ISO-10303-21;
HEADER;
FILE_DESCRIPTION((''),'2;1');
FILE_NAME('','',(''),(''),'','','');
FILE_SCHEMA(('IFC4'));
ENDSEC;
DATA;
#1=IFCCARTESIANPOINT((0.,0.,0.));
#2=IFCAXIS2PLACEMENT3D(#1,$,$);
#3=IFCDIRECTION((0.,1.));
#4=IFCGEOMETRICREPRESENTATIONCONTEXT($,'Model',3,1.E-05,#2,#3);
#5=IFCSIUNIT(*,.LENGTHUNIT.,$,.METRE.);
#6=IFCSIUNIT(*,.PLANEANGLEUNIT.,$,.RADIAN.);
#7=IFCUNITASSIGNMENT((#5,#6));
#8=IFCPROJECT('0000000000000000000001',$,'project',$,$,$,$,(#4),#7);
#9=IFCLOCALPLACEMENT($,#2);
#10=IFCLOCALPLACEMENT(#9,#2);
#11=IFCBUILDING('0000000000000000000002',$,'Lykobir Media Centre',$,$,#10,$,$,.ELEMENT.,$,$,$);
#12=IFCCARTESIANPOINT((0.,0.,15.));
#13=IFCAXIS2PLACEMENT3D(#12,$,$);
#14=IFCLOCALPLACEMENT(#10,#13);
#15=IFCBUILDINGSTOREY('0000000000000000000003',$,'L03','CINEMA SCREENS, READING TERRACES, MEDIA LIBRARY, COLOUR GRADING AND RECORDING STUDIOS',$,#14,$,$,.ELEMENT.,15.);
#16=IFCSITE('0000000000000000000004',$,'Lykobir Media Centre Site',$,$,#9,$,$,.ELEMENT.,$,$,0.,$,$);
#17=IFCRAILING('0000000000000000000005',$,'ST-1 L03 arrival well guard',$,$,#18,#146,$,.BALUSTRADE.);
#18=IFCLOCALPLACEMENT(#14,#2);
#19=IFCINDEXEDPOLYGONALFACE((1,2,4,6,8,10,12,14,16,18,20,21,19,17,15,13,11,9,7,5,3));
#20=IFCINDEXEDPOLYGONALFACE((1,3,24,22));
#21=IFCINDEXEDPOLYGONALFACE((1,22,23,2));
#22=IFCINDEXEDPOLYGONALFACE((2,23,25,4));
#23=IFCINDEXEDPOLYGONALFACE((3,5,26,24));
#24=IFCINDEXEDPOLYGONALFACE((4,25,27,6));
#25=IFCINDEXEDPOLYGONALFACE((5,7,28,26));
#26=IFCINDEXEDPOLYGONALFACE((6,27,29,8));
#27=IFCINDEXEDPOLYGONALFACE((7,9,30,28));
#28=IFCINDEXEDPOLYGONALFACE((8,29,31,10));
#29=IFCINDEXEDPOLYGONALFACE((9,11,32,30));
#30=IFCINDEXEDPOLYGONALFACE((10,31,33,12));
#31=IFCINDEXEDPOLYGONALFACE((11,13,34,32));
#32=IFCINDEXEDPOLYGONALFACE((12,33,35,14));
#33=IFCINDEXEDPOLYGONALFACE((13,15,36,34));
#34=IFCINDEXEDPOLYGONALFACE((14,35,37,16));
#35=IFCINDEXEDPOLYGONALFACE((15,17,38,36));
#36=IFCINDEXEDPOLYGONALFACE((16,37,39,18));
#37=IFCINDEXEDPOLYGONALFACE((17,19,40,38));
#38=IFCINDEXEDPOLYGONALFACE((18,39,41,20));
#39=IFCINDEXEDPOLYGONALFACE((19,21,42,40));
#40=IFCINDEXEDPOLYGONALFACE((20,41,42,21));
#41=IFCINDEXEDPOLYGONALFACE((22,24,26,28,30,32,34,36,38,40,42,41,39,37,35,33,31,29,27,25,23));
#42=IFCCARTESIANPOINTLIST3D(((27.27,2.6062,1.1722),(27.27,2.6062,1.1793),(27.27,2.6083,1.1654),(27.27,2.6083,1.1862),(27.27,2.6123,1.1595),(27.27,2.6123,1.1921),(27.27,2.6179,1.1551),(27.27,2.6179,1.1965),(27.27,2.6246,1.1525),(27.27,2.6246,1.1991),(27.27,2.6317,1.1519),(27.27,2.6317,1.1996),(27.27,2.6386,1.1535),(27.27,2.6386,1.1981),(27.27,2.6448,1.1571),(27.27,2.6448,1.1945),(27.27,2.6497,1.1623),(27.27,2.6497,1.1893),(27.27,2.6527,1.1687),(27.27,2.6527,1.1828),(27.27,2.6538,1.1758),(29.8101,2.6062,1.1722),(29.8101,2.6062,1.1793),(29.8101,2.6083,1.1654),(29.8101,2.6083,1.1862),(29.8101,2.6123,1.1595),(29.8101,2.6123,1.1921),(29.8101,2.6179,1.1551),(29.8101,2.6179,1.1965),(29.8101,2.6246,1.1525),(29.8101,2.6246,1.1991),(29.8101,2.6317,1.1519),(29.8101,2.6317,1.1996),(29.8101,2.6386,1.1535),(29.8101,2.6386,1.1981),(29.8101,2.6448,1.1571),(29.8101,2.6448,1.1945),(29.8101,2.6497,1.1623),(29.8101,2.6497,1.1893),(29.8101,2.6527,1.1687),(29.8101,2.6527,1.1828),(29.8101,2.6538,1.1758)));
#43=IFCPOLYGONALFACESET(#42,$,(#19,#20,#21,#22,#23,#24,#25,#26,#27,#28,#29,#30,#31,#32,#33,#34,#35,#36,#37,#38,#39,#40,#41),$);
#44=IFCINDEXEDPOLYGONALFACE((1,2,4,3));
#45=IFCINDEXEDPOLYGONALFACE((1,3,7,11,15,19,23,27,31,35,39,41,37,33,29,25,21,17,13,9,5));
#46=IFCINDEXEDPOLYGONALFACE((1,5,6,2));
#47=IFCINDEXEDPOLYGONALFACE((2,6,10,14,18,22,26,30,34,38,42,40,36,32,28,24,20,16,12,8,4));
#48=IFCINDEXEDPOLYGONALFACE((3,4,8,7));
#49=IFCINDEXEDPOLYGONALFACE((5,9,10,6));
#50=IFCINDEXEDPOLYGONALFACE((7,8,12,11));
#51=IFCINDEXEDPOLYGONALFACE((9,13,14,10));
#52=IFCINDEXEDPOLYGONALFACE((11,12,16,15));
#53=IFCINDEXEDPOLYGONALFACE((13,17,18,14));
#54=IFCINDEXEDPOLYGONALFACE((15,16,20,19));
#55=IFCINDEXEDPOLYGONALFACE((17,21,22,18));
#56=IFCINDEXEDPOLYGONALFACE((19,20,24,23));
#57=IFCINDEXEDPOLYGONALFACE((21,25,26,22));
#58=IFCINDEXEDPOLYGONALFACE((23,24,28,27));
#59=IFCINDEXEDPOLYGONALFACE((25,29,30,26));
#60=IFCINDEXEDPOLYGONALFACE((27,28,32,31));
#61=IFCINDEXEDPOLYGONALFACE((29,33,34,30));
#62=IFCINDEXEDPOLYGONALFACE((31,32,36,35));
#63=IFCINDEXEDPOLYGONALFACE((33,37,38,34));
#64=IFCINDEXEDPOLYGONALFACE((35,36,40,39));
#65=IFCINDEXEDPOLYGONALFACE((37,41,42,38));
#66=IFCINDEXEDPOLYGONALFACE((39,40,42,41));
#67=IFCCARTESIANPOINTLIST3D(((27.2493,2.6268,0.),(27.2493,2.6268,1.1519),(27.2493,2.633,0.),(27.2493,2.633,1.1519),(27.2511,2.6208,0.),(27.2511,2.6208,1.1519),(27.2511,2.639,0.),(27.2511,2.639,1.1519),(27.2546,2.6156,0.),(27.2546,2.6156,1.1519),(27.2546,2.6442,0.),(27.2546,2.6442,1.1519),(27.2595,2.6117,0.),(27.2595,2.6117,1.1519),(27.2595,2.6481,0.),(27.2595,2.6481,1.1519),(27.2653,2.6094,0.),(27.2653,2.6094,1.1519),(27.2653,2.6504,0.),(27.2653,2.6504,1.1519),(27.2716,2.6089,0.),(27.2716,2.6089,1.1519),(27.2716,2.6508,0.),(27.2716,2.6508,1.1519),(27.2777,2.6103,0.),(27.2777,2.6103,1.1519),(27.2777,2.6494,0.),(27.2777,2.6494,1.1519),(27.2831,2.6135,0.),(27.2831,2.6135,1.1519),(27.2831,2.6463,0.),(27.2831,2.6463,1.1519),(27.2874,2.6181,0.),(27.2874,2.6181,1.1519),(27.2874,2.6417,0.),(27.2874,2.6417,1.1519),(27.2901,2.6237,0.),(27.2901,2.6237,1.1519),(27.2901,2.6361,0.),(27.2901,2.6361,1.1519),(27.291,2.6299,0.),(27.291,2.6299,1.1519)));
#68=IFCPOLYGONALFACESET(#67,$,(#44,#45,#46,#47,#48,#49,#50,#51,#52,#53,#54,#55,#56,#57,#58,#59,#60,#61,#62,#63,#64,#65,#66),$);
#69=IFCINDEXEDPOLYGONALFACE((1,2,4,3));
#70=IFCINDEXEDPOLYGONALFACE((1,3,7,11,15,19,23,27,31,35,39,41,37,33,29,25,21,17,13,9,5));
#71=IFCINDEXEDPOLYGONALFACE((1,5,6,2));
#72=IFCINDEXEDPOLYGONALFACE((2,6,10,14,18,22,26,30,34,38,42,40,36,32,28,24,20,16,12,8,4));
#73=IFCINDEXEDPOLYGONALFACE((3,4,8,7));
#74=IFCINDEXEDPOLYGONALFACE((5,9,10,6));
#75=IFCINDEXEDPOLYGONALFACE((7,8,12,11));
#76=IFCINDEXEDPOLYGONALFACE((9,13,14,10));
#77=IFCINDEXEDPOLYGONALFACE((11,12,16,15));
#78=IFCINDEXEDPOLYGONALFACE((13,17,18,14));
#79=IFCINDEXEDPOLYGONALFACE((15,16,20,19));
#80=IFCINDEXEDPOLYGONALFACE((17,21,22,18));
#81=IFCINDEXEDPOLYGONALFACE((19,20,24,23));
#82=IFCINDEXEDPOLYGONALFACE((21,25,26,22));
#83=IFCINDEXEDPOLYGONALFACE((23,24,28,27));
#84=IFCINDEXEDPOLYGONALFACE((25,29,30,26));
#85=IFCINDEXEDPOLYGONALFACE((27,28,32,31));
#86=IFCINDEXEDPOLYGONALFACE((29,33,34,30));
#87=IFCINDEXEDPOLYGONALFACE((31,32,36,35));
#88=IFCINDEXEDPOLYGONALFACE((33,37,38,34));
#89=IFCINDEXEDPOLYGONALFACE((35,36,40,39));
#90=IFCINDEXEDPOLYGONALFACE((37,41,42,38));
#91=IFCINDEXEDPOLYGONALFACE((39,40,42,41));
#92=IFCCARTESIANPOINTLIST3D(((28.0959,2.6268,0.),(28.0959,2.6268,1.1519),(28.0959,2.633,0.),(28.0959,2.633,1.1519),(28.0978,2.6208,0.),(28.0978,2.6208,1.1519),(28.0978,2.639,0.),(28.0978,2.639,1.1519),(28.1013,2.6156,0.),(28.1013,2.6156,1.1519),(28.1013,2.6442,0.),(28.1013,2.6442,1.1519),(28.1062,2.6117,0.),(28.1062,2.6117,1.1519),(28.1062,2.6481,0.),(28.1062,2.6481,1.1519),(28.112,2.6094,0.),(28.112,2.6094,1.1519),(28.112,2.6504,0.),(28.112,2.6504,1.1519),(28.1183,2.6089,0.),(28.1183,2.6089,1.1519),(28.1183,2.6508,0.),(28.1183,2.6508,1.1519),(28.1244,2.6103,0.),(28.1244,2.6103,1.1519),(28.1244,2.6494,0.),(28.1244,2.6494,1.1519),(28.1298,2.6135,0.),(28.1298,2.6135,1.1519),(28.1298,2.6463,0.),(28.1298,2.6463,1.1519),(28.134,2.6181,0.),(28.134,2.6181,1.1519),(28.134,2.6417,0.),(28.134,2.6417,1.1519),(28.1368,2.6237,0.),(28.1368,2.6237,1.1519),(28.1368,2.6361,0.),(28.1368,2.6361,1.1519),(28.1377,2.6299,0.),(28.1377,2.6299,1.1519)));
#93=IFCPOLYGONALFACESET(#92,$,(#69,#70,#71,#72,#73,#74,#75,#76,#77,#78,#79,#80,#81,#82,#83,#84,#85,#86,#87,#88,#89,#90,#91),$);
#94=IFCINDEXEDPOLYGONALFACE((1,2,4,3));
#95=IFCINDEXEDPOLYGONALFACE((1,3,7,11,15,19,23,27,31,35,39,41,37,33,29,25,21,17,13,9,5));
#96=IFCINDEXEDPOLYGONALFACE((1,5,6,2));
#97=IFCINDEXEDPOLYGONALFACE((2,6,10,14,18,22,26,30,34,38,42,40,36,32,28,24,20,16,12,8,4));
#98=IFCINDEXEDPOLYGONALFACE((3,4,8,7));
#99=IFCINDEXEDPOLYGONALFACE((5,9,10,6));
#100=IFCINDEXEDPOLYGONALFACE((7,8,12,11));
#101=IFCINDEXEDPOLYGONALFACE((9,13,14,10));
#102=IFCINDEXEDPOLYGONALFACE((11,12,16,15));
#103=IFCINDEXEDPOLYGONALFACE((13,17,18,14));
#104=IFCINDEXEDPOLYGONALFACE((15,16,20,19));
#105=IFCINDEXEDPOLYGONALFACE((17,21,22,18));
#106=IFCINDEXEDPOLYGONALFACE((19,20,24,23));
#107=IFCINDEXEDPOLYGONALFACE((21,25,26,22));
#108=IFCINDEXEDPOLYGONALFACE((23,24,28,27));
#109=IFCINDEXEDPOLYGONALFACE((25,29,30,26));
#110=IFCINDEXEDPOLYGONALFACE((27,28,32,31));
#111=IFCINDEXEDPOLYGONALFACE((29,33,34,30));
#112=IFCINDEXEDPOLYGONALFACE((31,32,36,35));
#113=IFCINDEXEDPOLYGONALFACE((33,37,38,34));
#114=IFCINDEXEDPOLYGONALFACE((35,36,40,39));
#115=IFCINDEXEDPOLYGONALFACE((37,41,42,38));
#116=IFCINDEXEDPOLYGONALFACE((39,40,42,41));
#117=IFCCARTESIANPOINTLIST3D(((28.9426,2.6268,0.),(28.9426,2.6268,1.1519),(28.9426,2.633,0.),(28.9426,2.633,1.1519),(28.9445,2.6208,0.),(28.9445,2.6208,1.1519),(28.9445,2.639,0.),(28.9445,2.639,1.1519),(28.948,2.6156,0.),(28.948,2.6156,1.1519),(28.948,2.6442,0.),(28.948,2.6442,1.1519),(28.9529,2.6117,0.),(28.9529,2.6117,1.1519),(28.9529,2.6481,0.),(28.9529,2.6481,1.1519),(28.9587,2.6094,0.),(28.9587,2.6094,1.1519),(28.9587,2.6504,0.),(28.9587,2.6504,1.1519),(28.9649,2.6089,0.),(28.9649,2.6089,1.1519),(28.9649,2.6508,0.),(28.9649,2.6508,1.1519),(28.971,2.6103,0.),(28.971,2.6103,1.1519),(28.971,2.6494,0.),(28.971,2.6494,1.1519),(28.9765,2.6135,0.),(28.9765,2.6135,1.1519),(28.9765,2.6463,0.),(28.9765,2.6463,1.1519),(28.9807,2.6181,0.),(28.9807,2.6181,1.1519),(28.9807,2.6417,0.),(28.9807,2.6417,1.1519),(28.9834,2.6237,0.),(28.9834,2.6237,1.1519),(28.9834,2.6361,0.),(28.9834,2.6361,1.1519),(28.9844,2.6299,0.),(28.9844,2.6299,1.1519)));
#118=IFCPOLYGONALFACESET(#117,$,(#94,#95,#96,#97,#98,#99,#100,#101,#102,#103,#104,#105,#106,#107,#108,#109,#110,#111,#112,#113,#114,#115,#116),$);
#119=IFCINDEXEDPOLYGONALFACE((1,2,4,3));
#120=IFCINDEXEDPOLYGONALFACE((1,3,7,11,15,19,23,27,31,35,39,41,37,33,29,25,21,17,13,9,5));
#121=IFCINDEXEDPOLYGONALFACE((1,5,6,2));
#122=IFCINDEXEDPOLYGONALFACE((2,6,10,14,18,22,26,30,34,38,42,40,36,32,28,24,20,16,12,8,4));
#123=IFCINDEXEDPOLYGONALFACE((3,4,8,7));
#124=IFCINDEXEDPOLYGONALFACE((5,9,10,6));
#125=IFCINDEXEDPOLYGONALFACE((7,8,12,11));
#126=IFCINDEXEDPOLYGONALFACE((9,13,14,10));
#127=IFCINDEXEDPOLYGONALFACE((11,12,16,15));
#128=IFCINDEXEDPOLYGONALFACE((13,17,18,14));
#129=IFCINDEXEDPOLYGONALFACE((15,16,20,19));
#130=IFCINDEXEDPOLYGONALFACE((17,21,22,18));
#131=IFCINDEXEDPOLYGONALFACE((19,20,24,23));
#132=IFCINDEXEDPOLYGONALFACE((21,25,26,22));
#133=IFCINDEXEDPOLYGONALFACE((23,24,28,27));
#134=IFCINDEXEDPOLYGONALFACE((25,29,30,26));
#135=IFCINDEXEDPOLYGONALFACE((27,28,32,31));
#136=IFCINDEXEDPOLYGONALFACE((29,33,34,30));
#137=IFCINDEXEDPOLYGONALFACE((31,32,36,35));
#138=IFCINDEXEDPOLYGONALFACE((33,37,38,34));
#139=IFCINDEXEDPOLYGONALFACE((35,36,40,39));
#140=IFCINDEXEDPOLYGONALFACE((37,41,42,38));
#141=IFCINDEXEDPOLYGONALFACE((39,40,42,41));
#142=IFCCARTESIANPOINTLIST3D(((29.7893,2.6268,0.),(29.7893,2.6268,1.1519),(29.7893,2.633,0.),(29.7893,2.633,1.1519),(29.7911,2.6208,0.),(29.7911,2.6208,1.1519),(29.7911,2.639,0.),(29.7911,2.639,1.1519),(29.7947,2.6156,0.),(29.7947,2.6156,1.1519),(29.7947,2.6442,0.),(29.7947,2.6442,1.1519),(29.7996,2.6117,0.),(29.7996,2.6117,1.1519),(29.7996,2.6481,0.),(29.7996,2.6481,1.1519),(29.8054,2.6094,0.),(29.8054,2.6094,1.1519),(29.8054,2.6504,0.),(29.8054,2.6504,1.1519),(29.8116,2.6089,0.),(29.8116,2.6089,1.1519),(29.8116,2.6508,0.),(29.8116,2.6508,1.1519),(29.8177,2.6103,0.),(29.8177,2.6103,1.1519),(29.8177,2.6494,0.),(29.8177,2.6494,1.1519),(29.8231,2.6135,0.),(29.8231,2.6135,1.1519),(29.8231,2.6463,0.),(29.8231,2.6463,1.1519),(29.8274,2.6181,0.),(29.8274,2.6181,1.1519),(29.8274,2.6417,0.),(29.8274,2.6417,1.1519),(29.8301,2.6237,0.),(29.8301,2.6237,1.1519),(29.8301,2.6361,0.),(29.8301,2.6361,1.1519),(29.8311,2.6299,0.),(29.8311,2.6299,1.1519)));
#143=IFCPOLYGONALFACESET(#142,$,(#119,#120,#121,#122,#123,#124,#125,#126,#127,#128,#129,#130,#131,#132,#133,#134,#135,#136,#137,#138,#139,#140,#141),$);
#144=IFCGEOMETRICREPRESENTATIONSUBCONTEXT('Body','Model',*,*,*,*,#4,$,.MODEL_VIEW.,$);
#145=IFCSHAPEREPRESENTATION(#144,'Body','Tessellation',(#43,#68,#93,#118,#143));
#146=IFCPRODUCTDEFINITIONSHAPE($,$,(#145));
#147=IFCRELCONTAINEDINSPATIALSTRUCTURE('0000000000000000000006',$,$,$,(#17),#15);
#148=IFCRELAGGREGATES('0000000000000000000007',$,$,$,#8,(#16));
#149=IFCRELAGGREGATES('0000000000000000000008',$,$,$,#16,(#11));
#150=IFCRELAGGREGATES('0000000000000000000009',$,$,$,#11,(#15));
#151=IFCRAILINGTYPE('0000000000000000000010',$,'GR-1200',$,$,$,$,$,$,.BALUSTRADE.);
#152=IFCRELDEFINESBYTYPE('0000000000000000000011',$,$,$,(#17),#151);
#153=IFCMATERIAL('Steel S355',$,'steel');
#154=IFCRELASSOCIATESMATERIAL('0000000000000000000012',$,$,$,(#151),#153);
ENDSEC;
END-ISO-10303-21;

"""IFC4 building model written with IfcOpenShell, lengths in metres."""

from ifc_helpers import new_model, si_unit, direction, frame, origin, origin_2d, place, context, subcontext, project, spatial, circle, extrude, material, type_object, element, save


model = new_model("IFC4")

# Units and contexts
model_context = context("Model", 3, precision=1e-05, world=origin(), true_north=direction((0.0, 1.0)))
body_context = subcontext(model_context, "Body", "Model", "MODEL_VIEW")
ifc_project = project(units=[si_unit("LENGTHUNIT", "METRE"), si_unit("PLANEANGLEUNIT", "RADIAN")], contexts=[model_context])

# Site, building, storey
site_placement = place(None, origin())
site = spatial("IfcSite", under=ifc_project, at=site_placement, Name="Lykobir Media Centre Site", CompositionType="ELEMENT", RefElevation=0.0)
building_placement = place(site_placement, origin())
building = spatial("IfcBuilding", under=site, at=building_placement, Name="Lykobir Media Centre", CompositionType="ELEMENT")
storey_placement = place(building_placement, frame((0.0, 0.0, 15.0)))
storey = spatial("IfcBuildingStorey", under=building, at=storey_placement, Name="L03", Description="CINEMA SCREENS, READING TERRACES, MEDIA LIBRARY, COLOUR GRADING AND RECORDING STUDIOS", CompositionType="ELEMENT", Elevation=15.0)

# Shared definitions
ifc_material_1 = material(Name="Steel S355", Category="steel")

# Railing
railing_type_1 = type_object("IfcRailingType", Name="GR-1200", PredefinedType="BALUSTRADE", material=ifc_material_1)
railing_1_placement = place(storey_placement, frame((27.27, 2.6299, 0.0)))
element("IfcRailing", 1, at=railing_1_placement, inside=storey, type_object=railing_type_1, Name="ST-1 L03 arrival well guard", PredefinedType="BALUSTRADE", context=body_context, shape_type="SweptSolid", body=[
    extrude(circle(Radius=0.0239, at=origin_2d()), frame((0.0, 0.0, 1.1758), z_axis=(1.0, 0.0, 0.0), x_axis=(0.0, 1.0, 0.0)), (0.0, 0.0, 1.0), 2.54),
    extrude(circle(Radius=0.021, at=origin_2d()), origin(), (0.0, 0.0, 1.0), 1.1519),
    extrude(circle(Radius=0.021, at=origin_2d()), frame((0.8467, 0.0, 0.0)), (0.0, 0.0, 1.0), 1.1519),
    extrude(circle(Radius=0.021, at=origin_2d()), frame((1.6934, 0.0, 0.0)), (0.0, 0.0, 1.0), 1.1519),
    extrude(circle(Radius=0.021, at=origin_2d()), frame((2.54, 0.0, 0.0)), (0.0, 0.0, 1.0), 1.1519),
])

save(model, "model.ifc")
